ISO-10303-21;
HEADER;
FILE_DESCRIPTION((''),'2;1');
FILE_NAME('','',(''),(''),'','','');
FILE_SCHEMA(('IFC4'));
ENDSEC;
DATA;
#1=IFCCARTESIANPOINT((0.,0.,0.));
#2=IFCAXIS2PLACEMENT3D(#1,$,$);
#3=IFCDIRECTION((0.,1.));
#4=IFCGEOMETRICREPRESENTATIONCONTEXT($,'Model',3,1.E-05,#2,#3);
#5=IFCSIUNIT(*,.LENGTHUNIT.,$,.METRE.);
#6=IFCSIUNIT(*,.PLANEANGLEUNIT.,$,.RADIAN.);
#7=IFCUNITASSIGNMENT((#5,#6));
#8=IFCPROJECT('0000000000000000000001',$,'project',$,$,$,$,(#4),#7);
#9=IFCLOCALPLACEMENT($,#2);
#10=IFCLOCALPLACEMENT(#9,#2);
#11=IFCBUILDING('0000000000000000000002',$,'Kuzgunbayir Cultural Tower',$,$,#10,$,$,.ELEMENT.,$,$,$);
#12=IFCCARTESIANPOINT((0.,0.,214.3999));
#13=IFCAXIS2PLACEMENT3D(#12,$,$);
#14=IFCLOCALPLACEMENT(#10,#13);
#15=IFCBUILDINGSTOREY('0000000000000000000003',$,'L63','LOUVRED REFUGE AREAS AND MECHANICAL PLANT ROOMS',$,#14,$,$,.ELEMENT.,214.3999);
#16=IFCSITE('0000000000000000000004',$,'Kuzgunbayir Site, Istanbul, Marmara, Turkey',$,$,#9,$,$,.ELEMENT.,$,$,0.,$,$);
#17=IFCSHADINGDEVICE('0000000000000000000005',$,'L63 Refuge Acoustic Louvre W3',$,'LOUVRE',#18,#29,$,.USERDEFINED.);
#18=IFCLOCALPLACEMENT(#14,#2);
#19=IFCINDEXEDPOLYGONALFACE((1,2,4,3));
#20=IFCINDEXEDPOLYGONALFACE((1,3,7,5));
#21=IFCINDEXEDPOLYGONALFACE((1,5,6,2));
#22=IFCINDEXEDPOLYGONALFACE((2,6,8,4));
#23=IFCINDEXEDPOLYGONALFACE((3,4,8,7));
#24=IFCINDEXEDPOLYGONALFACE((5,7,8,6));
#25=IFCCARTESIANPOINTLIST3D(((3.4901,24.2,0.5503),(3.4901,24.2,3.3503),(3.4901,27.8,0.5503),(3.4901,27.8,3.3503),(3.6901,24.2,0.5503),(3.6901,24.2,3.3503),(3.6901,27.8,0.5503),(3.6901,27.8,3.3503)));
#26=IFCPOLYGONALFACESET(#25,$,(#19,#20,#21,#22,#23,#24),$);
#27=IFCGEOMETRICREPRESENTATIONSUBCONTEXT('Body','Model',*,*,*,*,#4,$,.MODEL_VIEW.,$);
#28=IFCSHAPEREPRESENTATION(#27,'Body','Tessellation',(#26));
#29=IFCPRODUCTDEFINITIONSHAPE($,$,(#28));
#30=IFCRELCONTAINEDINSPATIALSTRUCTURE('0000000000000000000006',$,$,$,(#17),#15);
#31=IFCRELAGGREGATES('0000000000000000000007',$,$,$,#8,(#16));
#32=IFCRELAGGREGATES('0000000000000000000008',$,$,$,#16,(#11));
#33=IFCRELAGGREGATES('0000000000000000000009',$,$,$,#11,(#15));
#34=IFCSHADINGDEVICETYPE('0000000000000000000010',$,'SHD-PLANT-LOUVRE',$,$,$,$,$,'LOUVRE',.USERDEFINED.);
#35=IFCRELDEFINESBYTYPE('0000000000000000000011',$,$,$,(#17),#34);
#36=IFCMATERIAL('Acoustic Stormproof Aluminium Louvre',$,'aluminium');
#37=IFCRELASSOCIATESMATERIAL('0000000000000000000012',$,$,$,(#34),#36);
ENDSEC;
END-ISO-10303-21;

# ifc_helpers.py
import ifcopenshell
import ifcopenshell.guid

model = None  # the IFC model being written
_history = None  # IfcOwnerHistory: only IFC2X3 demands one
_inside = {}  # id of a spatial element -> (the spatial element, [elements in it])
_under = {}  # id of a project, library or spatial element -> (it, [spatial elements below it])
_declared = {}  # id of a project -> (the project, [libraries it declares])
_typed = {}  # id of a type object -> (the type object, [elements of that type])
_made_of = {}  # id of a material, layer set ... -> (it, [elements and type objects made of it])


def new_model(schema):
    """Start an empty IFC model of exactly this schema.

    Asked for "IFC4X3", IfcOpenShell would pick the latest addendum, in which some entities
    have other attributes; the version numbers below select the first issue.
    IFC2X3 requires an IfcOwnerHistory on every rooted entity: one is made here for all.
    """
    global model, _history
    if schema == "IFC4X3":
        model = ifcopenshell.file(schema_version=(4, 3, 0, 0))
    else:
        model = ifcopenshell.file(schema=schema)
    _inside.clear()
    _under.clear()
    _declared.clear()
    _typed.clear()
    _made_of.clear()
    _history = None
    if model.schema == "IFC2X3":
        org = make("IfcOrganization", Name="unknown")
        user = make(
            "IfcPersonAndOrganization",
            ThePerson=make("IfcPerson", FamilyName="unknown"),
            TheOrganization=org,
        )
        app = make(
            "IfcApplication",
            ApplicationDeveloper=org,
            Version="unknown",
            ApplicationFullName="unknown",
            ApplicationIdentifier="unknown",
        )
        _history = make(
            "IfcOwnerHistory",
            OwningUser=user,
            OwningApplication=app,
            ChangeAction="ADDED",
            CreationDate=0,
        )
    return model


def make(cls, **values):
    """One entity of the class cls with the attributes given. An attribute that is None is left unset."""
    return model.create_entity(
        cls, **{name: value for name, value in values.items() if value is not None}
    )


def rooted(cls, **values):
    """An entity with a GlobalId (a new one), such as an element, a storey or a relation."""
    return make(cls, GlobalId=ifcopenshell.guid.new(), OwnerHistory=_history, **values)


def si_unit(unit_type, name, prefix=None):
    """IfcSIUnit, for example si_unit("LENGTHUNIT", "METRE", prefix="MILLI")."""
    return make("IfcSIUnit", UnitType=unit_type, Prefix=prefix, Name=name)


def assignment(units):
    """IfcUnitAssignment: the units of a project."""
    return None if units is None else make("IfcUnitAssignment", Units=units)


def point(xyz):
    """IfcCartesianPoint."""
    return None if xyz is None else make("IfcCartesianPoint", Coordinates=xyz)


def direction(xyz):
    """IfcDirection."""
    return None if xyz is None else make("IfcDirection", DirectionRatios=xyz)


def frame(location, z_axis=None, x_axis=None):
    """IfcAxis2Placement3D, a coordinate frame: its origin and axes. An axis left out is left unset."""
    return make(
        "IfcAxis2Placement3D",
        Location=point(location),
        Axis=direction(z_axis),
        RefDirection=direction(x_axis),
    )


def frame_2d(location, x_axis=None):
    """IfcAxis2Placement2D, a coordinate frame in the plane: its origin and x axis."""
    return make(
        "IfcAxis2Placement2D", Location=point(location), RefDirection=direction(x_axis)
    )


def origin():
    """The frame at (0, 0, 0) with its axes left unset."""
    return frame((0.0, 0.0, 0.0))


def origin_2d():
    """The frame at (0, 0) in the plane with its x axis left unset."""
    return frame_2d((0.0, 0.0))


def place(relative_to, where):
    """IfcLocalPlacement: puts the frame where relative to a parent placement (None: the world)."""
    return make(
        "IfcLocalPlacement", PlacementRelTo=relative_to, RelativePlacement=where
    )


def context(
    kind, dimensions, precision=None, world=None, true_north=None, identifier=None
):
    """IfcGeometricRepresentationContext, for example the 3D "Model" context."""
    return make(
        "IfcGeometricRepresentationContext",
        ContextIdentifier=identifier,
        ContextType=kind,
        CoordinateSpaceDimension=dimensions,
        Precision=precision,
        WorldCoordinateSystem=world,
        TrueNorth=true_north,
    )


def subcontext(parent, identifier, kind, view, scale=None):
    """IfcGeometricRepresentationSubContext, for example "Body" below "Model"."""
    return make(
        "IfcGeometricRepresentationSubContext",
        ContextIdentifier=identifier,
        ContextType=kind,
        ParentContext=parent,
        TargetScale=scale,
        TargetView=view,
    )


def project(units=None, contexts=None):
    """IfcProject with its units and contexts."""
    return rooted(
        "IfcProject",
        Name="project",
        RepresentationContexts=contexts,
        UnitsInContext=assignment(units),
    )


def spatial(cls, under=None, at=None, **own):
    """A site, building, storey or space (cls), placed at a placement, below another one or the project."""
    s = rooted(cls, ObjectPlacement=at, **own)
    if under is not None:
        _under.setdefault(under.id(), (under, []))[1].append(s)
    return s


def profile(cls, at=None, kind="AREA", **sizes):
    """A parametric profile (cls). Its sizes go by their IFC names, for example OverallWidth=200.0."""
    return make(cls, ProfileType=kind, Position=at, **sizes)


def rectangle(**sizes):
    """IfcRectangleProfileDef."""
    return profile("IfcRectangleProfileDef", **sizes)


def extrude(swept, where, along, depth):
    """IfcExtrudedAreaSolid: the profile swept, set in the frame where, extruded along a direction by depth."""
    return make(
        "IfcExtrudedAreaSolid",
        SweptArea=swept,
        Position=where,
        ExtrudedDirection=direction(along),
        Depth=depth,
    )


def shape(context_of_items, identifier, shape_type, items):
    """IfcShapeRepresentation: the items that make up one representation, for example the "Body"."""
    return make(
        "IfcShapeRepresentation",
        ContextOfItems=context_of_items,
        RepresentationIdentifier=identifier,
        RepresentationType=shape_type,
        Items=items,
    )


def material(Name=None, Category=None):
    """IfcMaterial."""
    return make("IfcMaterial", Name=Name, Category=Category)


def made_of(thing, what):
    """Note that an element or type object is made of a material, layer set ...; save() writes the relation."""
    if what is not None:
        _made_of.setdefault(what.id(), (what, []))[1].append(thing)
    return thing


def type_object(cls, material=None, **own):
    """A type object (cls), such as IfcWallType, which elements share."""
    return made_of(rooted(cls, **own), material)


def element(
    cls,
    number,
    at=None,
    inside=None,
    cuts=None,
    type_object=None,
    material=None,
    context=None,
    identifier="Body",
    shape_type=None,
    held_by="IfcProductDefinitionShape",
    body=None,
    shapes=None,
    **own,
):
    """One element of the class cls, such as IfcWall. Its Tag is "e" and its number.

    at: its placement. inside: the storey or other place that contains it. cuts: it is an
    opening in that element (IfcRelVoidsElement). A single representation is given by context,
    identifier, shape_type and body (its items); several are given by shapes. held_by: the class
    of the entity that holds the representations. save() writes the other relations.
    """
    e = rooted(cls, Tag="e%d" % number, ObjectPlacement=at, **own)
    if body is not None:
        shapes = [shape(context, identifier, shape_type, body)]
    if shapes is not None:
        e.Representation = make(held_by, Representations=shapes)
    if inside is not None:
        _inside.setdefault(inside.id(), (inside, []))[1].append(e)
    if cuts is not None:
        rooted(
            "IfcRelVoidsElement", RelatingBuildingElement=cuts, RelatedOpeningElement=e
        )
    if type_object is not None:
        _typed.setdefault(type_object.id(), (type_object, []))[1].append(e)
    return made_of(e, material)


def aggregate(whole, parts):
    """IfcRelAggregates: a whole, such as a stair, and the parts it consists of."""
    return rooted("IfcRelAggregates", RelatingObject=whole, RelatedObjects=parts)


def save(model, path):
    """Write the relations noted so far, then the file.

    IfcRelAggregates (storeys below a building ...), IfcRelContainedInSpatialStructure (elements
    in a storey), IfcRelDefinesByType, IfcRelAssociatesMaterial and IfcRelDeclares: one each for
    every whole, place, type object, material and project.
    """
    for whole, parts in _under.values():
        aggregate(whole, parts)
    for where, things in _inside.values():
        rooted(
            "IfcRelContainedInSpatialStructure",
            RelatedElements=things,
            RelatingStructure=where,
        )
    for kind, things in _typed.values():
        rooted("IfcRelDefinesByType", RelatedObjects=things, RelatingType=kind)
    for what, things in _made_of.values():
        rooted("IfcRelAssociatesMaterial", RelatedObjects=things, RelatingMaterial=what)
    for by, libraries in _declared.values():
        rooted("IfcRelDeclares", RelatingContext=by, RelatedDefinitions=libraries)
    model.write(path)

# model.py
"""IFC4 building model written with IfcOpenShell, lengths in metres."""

from ifc_helpers import new_model, si_unit, direction, frame, origin, origin_2d, place, context, subcontext, project, spatial, rectangle, extrude, material, type_object, element, save


model = new_model("IFC4")

# Units and contexts
model_context = context("Model", 3, precision=1e-05, world=origin(), true_north=direction((0.0, 1.0)))
body_context = subcontext(model_context, "Body", "Model", "MODEL_VIEW")
ifc_project = project(units=[si_unit("LENGTHUNIT", "METRE"), si_unit("PLANEANGLEUNIT", "RADIAN")], contexts=[model_context])

# Site, building, storey
site_placement = place(None, origin())
site = spatial("IfcSite", under=ifc_project, at=site_placement, Name="Kuzgunbayir Site, Istanbul, Marmara, Turkey", CompositionType="ELEMENT", RefElevation=0.0)
building_placement = place(site_placement, origin())
building = spatial("IfcBuilding", under=site, at=building_placement, Name="Kuzgunbayir Cultural Tower", CompositionType="ELEMENT")
storey_placement = place(building_placement, frame((0.0, 0.0, 214.3999)))
storey = spatial("IfcBuildingStorey", under=building, at=storey_placement, Name="L63", Description="LOUVRED REFUGE AREAS AND MECHANICAL PLANT ROOMS", CompositionType="ELEMENT", Elevation=214.3999)

# Shading device
ifc_material_1 = material(Name="Acoustic Stormproof Aluminium Louvre", Category="aluminium")
shading_device_type = type_object("IfcShadingDeviceType", Name="SHD-PLANT-LOUVRE", ElementType="LOUVRE", PredefinedType="USERDEFINED", material=ifc_material_1)
shading_device_placement = place(storey_placement, frame((3.5901, 26.0, 0.5503), z_axis=(0.0, 0.0, 1.0), x_axis=(1.0, 0.0, 0.0)))
element("IfcShadingDevice", 1, at=shading_device_placement, inside=storey, type_object=shading_device_type, Name="L63 Refuge Acoustic Louvre W3", ObjectType="LOUVRE", PredefinedType="USERDEFINED", context=body_context, shape_type="SweptSolid", body=[
    extrude(rectangle(XDim=0.2, YDim=3.6001, at=origin_2d()), origin(), (0.0, 0.0, 1.0), 2.8),
])

save(model, "model.ifc")
